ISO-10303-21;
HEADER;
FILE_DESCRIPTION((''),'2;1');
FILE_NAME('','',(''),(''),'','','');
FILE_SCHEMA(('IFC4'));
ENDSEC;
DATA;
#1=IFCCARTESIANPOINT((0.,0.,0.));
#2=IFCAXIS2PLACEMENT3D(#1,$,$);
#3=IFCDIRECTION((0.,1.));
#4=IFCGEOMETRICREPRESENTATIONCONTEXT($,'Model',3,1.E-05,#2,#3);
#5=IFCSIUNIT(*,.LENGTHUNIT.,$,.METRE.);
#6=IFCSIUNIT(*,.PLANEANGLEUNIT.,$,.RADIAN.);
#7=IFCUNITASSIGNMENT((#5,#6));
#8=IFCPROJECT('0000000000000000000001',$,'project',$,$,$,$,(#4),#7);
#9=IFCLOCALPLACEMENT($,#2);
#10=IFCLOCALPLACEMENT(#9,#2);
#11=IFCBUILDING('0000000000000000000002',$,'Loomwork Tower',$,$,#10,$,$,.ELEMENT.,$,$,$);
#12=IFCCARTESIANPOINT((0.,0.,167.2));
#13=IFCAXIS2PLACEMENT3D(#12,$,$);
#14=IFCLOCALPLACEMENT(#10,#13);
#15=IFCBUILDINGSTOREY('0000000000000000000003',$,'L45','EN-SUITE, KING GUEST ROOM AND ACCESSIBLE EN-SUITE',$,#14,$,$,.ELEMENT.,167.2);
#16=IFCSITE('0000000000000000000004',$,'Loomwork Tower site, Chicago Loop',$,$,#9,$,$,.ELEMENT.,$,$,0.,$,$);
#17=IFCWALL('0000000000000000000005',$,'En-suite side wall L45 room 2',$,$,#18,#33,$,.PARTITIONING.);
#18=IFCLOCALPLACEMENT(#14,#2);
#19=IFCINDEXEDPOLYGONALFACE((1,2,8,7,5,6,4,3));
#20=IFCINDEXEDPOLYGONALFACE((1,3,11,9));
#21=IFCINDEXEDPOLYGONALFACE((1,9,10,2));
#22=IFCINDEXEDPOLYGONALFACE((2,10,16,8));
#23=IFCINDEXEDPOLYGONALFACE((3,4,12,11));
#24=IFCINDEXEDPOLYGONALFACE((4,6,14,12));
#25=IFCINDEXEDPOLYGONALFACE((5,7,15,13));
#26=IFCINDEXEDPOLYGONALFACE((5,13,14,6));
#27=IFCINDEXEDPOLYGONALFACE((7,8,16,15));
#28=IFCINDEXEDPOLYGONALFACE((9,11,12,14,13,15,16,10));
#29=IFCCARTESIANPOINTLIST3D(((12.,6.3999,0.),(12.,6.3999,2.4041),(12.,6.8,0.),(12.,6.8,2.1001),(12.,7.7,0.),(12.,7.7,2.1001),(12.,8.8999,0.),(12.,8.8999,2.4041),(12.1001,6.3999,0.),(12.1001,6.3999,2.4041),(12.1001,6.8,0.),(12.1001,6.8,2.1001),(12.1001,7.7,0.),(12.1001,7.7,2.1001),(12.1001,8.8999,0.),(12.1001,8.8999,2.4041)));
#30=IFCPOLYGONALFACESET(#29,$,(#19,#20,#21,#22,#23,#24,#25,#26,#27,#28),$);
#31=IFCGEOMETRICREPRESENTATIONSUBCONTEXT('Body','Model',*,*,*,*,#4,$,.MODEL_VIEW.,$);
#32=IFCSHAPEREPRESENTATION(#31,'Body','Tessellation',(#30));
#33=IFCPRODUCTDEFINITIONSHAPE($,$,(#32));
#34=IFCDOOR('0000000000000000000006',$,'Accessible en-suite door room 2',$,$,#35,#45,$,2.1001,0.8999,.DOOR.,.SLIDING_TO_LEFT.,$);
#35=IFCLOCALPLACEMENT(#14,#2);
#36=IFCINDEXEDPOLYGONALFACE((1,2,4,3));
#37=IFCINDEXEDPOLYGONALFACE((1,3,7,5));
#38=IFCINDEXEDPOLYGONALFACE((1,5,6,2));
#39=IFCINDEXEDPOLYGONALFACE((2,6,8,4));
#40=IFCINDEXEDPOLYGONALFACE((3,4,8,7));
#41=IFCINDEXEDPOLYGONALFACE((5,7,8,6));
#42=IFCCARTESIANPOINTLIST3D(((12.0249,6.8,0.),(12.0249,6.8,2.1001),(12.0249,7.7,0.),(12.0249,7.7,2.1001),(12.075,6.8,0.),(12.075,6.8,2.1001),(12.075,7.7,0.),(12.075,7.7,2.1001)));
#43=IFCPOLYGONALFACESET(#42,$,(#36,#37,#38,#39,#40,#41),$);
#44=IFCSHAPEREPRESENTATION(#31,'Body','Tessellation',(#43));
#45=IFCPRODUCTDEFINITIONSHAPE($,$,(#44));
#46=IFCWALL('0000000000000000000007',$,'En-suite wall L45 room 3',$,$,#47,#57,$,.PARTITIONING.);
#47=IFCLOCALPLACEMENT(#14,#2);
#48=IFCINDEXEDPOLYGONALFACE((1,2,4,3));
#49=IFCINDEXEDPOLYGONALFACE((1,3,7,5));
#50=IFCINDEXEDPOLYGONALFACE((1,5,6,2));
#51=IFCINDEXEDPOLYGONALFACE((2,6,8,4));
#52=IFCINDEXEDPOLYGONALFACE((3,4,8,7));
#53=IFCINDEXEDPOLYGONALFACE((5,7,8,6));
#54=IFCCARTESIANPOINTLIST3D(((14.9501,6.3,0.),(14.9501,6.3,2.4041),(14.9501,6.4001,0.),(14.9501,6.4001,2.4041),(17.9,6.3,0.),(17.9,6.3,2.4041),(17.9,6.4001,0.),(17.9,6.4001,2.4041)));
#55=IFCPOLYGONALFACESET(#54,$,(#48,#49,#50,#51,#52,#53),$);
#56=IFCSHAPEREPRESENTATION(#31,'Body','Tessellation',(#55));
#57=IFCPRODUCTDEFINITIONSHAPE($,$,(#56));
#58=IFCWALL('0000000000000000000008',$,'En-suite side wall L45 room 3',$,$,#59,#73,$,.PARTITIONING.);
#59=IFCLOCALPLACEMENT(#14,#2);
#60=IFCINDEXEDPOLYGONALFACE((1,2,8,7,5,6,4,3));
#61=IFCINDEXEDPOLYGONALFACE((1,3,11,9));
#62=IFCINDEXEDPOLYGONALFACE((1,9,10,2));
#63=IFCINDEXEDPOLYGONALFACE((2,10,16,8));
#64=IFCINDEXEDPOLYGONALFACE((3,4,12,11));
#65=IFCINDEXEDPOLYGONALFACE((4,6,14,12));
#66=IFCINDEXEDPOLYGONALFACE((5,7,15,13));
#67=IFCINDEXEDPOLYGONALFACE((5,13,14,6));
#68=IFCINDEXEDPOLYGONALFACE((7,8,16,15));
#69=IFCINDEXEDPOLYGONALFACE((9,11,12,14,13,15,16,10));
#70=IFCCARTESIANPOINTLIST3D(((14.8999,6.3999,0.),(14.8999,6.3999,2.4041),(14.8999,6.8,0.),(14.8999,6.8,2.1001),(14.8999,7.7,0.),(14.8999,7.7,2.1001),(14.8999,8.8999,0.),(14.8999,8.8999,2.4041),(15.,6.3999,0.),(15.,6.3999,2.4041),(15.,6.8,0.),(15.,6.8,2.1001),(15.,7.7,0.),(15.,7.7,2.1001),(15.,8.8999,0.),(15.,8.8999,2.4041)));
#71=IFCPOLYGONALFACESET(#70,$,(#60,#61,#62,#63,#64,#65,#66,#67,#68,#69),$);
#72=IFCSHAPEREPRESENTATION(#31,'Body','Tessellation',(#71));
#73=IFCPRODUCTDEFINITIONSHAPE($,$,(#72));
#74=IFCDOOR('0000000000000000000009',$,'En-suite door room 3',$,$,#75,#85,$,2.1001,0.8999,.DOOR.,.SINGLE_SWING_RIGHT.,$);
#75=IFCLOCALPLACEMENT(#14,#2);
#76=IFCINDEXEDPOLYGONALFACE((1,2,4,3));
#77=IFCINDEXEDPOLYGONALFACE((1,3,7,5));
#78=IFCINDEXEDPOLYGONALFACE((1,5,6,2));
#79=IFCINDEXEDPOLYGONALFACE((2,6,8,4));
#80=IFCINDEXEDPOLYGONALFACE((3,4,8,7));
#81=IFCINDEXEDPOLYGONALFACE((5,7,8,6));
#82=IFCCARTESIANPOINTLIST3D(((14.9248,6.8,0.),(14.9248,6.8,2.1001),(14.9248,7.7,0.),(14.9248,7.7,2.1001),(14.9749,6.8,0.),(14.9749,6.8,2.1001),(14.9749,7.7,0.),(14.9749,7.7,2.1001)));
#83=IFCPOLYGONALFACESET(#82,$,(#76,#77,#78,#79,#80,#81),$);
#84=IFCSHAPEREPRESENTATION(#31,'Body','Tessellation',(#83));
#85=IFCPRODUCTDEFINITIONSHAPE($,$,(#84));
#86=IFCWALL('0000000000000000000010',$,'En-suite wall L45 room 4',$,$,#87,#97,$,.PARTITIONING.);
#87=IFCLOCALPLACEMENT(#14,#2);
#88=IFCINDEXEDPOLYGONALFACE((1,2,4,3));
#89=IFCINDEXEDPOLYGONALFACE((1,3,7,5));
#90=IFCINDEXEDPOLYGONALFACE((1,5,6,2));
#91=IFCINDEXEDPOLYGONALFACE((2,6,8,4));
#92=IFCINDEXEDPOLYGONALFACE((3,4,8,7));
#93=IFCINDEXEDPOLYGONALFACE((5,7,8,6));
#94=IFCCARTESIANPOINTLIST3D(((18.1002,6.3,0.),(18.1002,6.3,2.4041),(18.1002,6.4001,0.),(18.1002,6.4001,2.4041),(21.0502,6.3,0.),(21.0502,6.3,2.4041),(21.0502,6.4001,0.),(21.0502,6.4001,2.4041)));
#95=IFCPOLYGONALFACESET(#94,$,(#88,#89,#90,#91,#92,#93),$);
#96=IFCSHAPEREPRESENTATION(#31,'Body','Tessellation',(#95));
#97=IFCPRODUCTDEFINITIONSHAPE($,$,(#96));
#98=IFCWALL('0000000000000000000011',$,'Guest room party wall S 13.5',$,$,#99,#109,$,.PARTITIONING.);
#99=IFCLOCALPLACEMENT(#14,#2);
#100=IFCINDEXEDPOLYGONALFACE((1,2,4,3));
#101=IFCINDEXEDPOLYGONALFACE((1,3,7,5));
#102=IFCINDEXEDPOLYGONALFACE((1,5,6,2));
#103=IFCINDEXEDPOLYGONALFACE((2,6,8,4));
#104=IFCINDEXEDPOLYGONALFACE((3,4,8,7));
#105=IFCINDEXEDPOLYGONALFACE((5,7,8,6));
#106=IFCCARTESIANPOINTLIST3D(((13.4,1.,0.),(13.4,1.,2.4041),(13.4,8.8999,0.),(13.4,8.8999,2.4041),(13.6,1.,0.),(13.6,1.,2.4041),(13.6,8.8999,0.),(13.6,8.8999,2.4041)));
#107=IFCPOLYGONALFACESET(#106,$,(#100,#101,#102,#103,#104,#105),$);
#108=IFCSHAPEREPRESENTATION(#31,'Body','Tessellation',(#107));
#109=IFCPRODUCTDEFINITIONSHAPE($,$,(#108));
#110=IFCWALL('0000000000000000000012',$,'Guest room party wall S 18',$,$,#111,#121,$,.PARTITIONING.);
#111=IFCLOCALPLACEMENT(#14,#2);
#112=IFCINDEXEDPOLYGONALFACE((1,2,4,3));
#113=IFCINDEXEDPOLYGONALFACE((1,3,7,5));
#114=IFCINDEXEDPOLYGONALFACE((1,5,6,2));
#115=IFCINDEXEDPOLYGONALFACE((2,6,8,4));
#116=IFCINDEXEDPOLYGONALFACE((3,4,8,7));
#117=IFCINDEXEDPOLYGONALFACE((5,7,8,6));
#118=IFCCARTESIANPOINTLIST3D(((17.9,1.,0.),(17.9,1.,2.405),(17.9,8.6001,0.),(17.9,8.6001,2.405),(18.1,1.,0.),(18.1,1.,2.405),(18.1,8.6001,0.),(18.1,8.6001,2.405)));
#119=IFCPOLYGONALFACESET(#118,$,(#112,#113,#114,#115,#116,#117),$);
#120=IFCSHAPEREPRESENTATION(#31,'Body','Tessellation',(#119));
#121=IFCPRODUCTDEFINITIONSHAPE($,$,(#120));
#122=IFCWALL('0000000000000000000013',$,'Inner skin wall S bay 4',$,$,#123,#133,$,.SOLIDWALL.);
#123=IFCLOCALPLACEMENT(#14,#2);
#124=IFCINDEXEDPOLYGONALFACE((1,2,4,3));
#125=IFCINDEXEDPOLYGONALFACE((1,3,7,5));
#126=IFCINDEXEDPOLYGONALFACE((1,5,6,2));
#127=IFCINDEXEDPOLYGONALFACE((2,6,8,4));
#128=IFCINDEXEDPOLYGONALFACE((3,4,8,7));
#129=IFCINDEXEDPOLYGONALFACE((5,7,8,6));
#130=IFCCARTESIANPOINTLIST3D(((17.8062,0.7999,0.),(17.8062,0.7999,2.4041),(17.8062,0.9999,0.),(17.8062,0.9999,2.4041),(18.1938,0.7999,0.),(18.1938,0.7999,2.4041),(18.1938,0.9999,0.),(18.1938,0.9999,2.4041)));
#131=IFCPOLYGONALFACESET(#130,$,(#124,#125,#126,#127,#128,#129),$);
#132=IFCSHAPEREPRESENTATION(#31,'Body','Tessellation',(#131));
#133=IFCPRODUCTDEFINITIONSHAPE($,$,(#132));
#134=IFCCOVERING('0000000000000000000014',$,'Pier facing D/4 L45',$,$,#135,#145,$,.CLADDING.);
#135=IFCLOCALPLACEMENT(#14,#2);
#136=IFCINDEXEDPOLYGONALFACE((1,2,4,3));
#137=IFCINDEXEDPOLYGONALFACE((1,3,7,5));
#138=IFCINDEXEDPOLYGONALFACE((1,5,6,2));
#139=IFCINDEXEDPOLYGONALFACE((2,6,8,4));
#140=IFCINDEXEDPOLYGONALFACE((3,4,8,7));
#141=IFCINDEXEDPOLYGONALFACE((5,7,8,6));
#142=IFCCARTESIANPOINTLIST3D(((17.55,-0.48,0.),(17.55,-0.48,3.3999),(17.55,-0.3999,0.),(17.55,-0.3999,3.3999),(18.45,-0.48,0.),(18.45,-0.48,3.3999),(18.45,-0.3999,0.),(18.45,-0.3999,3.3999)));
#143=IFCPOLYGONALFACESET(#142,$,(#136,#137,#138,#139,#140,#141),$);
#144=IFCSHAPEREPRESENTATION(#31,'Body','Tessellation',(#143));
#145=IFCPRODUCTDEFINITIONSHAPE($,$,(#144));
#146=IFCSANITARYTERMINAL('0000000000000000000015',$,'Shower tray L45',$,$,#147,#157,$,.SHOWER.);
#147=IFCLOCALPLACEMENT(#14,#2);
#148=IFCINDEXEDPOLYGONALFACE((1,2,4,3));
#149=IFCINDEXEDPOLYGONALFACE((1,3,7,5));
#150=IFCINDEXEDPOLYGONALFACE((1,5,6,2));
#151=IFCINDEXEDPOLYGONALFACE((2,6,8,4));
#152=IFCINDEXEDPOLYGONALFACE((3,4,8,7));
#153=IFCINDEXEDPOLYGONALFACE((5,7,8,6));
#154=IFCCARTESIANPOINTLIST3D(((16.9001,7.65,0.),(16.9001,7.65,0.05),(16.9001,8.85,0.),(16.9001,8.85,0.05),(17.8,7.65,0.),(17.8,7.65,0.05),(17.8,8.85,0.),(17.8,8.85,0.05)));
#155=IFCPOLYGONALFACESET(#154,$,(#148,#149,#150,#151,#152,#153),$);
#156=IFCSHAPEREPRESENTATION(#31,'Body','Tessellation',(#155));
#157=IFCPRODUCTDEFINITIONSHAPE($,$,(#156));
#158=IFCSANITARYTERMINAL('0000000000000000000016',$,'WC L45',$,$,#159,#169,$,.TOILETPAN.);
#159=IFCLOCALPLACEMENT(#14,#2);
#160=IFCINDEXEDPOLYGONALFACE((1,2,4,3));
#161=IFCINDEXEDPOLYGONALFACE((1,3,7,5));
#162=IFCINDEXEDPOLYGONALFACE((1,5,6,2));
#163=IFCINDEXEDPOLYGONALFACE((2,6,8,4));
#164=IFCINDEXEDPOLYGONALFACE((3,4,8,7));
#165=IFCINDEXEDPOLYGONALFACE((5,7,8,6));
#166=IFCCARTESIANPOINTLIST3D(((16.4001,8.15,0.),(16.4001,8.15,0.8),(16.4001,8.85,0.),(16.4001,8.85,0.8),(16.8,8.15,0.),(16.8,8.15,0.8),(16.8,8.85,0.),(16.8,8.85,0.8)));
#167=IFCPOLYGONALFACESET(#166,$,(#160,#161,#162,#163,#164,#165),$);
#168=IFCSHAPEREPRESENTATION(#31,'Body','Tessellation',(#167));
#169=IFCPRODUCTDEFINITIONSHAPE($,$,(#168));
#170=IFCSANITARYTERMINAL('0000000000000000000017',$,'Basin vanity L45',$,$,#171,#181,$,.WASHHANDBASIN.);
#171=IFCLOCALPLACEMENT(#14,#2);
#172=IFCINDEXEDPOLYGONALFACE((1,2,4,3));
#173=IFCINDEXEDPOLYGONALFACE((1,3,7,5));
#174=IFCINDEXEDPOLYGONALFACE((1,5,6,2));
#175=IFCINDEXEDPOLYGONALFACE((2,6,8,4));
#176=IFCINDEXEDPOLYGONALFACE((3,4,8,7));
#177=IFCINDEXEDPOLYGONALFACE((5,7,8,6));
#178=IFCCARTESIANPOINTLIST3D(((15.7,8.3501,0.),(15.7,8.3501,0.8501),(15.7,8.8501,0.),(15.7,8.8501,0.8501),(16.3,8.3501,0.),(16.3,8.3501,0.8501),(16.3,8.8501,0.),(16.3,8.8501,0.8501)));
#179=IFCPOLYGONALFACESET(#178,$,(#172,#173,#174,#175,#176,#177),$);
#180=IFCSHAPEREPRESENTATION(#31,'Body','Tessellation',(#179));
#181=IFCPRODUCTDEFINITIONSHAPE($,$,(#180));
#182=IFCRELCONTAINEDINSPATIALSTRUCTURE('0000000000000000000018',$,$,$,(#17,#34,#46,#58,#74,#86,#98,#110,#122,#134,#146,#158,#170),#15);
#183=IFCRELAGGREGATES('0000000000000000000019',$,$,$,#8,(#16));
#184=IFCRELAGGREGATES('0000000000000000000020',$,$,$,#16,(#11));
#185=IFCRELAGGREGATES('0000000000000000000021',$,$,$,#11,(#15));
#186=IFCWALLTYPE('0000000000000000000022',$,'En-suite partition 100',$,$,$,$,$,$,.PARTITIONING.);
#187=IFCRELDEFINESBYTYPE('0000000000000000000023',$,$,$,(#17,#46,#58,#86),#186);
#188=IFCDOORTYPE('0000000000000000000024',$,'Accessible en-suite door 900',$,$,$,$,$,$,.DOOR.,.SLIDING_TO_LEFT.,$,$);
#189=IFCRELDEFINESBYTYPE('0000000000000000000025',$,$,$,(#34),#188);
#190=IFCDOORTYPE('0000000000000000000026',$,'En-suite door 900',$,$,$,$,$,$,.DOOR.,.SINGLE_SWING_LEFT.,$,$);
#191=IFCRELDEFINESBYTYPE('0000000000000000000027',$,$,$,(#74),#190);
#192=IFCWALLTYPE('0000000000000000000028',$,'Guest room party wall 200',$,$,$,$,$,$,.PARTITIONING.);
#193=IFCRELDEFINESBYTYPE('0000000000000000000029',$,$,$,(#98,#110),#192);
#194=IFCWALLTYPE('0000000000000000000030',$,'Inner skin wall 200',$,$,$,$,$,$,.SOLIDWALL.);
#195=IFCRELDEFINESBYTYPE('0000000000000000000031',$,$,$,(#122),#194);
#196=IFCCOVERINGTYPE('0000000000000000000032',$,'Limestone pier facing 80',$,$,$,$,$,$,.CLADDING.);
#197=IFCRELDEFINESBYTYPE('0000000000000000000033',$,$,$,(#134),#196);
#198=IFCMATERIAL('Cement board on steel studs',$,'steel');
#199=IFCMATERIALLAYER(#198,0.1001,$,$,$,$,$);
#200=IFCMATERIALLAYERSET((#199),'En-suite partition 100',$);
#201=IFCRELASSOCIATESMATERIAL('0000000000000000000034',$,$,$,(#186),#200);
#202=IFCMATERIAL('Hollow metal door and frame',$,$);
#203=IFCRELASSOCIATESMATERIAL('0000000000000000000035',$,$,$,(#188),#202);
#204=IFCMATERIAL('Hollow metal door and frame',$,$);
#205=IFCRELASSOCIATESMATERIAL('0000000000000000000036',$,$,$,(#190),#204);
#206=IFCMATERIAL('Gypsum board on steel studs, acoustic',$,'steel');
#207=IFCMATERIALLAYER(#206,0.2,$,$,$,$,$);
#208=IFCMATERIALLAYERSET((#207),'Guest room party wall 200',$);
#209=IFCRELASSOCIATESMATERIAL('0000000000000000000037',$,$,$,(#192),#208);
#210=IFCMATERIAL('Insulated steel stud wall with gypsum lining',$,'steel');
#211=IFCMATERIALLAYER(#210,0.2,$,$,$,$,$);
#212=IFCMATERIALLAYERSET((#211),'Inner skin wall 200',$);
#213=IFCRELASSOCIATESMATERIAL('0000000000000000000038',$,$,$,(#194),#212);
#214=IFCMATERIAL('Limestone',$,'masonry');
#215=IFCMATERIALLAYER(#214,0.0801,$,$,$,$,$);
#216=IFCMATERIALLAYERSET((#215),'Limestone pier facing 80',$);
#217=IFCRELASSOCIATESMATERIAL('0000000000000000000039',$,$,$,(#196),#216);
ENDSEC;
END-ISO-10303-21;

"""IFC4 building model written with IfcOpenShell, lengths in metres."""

from ifc_helpers import new_model, si_unit, direction, frame, frame_2d, origin, origin_2d, place, context, subcontext, project, spatial, rectangle, extrude, material, layer, layer_set, type_object, element, fill, save


model = new_model("IFC4")

# Units and contexts
model_context = context("Model", 3, precision=1e-05, world=origin(), true_north=direction((0.0, 1.0)))
body_context = subcontext(model_context, "Body", "Model", "MODEL_VIEW")
ifc_project = project(units=[si_unit("LENGTHUNIT", "METRE"), si_unit("PLANEANGLEUNIT", "RADIAN")], contexts=[model_context])

# Site, building, storey
site_placement = place(None, origin())
site = spatial("IfcSite", under=ifc_project, at=site_placement, Name="Loomwork Tower site, Chicago Loop", CompositionType="ELEMENT", RefElevation=0.0)
building_placement = place(site_placement, origin())
building = spatial("IfcBuilding", under=site, at=building_placement, Name="Loomwork Tower", CompositionType="ELEMENT")
storey_placement = place(building_placement, frame((0.0, 0.0, 167.2)))
storey = spatial("IfcBuildingStorey", under=building, at=storey_placement, Name="L45", Description="EN-SUITE, KING GUEST ROOM AND ACCESSIBLE EN-SUITE", CompositionType="ELEMENT", Elevation=167.2)

# Wall, opening, door
ifc_material_1 = material(Name="Cement board on steel studs", Category="steel")
ifc_layer_1 = layer(ifc_material_1, 0.1001)
ifc_layer_set_1 = layer_set([ifc_layer_1], Name="En-suite partition 100")
wall_type_1 = type_object("IfcWallType", Name="En-suite partition 100", PredefinedType="PARTITIONING", material=ifc_layer_set_1)
wall_1_placement = place(storey_placement, frame((12.05, 8.8999, 0.0), z_axis=(0.0, 0.0, 1.0), x_axis=(0.0, -1.0, 0.0)))
wall_1 = element("IfcWall", 1, at=wall_1_placement, inside=storey, type_object=wall_type_1, Name="En-suite side wall L45 room 2", PredefinedType="PARTITIONING", context=body_context, shape_type="SweptSolid", body=[
    extrude(rectangle(XDim=2.5, YDim=0.1001, at=frame_2d((1.25, 0.0))), origin(), (0.0, 0.0, 1.0), 2.4041),
])
opening_1_placement = place(wall_1_placement, frame((1.2, 0.0, 0.0)))
opening_1 = element("IfcOpeningElement", 2, at=opening_1_placement, cuts=wall_1, PredefinedType="OPENING", context=body_context, shape_type="SweptSolid", body=[
    extrude(rectangle(XDim=0.8999, YDim=2.1001, at=frame_2d((0.45, 1.05))), frame((0.0, 0.0601, 0.0), z_axis=(0.0, -1.0, 0.0), x_axis=(1.0, 0.0, 0.0)), (0.0, 0.0, 1.0), 0.1201),
])
ifc_material_2 = material(Name="Hollow metal door and frame")
door_type_1 = type_object("IfcDoorType", Name="Accessible en-suite door 900", OperationType="SLIDING_TO_LEFT", PredefinedType="DOOR", material=ifc_material_2)
door_1_placement = place(opening_1_placement, origin())
door_1 = element("IfcDoor", 3, at=door_1_placement, inside=storey, type_object=door_type_1, Name="Accessible en-suite door room 2", OperationType="SLIDING_TO_LEFT", OverallHeight=2.1001, OverallWidth=0.8999, PredefinedType="DOOR", context=body_context, shape_type="SweptSolid", body=[
    extrude(rectangle(XDim=0.8999, YDim=2.1001, at=frame_2d((0.45, 1.05))), frame((0.0, 0.0249, 0.0), z_axis=(0.0, -1.0, 0.0), x_axis=(1.0, 0.0, 0.0)), (0.0, 0.0, 1.0), 0.05),
])
fill(opening_1, door_1)

# Wall
wall_2_placement = place(storey_placement, frame((14.95, 6.3501, 0.0), z_axis=(0.0, 0.0, 1.0), x_axis=(1.0, 0.0, 0.0)))
element("IfcWall", 4, at=wall_2_placement, inside=storey, type_object=wall_type_1, Name="En-suite wall L45 room 3", PredefinedType="PARTITIONING", context=body_context, shape_type="SweptSolid", body=[
    extrude(rectangle(XDim=2.95, YDim=0.1001, at=frame_2d((1.4751, 0.0))), origin(), (0.0, 0.0, 1.0), 2.4041),
])

# Wall, opening, door
wall_3_placement = place(storey_placement, frame((14.95, 8.8999, 0.0), z_axis=(0.0, 0.0, 1.0), x_axis=(0.0, -1.0, 0.0)))
wall_3 = element("IfcWall", 5, at=wall_3_placement, inside=storey, type_object=wall_type_1, Name="En-suite side wall L45 room 3", PredefinedType="PARTITIONING", context=body_context, shape_type="SweptSolid", body=[
    extrude(rectangle(XDim=2.5, YDim=0.1001, at=frame_2d((1.25, 0.0))), origin(), (0.0, 0.0, 1.0), 2.4041),
])
opening_2_placement = place(wall_3_placement, frame((1.2, 0.0, 0.0)))
opening_2 = element("IfcOpeningElement", 6, at=opening_2_placement, cuts=wall_3, PredefinedType="OPENING", context=body_context, shape_type="SweptSolid", body=[
    extrude(rectangle(XDim=0.8999, YDim=2.1001, at=frame_2d((0.45, 1.05))), frame((0.0, 0.0601, 0.0), z_axis=(0.0, -1.0, 0.0), x_axis=(1.0, 0.0, 0.0)), (0.0, 0.0, 1.0), 0.1201),
])
ifc_material_3 = material(Name="Hollow metal door and frame")
door_type_2 = type_object("IfcDoorType", Name="En-suite door 900", OperationType="SINGLE_SWING_LEFT", PredefinedType="DOOR", material=ifc_material_3)
door_2_placement = place(opening_2_placement, origin())
door_2 = element("IfcDoor", 7, at=door_2_placement, inside=storey, type_object=door_type_2, Name="En-suite door room 3", OperationType="SINGLE_SWING_RIGHT", OverallHeight=2.1001, OverallWidth=0.8999, PredefinedType="DOOR", context=body_context, shape_type="SweptSolid", body=[
    extrude(rectangle(XDim=0.8999, YDim=2.1001, at=frame_2d((0.45, 1.05))), frame((0.0, 0.0249, 0.0), z_axis=(0.0, -1.0, 0.0), x_axis=(1.0, 0.0, 0.0)), (0.0, 0.0, 1.0), 0.05),
])
fill(opening_2, door_2)

# Walls
wall_4_placement = place(storey_placement, frame((18.1001, 6.3501, 0.0), z_axis=(0.0, 0.0, 1.0), x_axis=(1.0, 0.0, 0.0)))
element("IfcWall", 8, at=wall_4_placement, inside=storey, type_object=wall_type_1, Name="En-suite wall L45 room 4", PredefinedType="PARTITIONING", context=body_context, shape_type="SweptSolid", body=[
    extrude(rectangle(XDim=2.95, YDim=0.1001, at=frame_2d((1.4751, 0.0))), origin(), (0.0, 0.0, 1.0), 2.4041),
])
ifc_material_4 = material(Name="Gypsum board on steel studs, acoustic", Category="steel")
ifc_layer_2 = layer(ifc_material_4, 0.2)
ifc_layer_set_2 = layer_set([ifc_layer_2], Name="Guest room party wall 200")
wall_type_2 = type_object("IfcWallType", Name="Guest room party wall 200", PredefinedType="PARTITIONING", material=ifc_layer_set_2)
wall_5_placement = place(storey_placement, frame((13.5, 8.8999, 0.0), z_axis=(0.0, 0.0, 1.0), x_axis=(0.0, -1.0, 0.0)))
element("IfcWall", 9, at=wall_5_placement, inside=storey, type_object=wall_type_2, Name="Guest room party wall S 13.5", PredefinedType="PARTITIONING", context=body_context, shape_type="SweptSolid", body=[
    extrude(rectangle(XDim=7.8999, YDim=0.2, at=frame_2d((3.95, 0.0))), origin(), (0.0, 0.0, 1.0), 2.4041),
])
wall_6_placement = place(storey_placement, frame((18.0, 8.6001, 0.0), z_axis=(0.0, 0.0, 1.0), x_axis=(0.0, -1.0, 0.0)))
element("IfcWall", 10, at=wall_6_placement, inside=storey, type_object=wall_type_2, Name="Guest room party wall S 18", PredefinedType="PARTITIONING", context=body_context, shape_type="SweptSolid", body=[
    extrude(rectangle(XDim=7.6001, YDim=0.2, at=frame_2d((3.8, 0.0))), origin(), (0.0, 0.0, 1.0), 2.405),
])
ifc_material_5 = material(Name="Insulated steel stud wall with gypsum lining", Category="steel")
ifc_layer_3 = layer(ifc_material_5, 0.2)
ifc_layer_set_3 = layer_set([ifc_layer_3], Name="Inner skin wall 200")
wall_type_3 = type_object("IfcWallType", Name="Inner skin wall 200", PredefinedType="SOLIDWALL", material=ifc_layer_set_3)
wall_7_placement = place(storey_placement, frame((17.8062, 0.8999, 0.0), z_axis=(0.0, 0.0, 1.0), x_axis=(1.0, 0.0, 0.0)))
element("IfcWall", 11, at=wall_7_placement, inside=storey, type_object=wall_type_3, Name="Inner skin wall S bay 4", PredefinedType="SOLIDWALL", context=body_context, shape_type="SweptSolid", body=[
    extrude(rectangle(XDim=0.3877, YDim=0.2, at=frame_2d((0.1938, 0.0))), origin(), (0.0, 0.0, 1.0), 2.4041),
])

# Covering
ifc_material_6 = material(Name="Limestone", Category="masonry")
ifc_layer_4 = layer(ifc_material_6, 0.0801)
ifc_layer_set_4 = layer_set([ifc_layer_4], Name="Limestone pier facing 80")
covering_type = type_object("IfcCoveringType", Name="Limestone pier facing 80", PredefinedType="CLADDING", material=ifc_layer_set_4)
covering_placement = place(storey_placement, frame((18.0, -0.4399, 0.0), z_axis=(0.0, 0.0, 1.0), x_axis=(1.0, 0.0, 0.0)))
element("IfcCovering", 12, at=covering_placement, inside=storey, type_object=covering_type, Name="Pier facing D/4 L45", PredefinedType="CLADDING", context=body_context, shape_type="SweptSolid", body=[
    extrude(rectangle(XDim=0.8999, YDim=0.0801, at=origin_2d()), origin(), (0.0, 0.0, 1.0), 3.3999),
])

# Sanitary terminals
sanitary_terminal_1_placement = place(storey_placement, frame((17.3501, 8.25, 0.0), z_axis=(0.0, 0.0, 1.0), x_axis=(1.0, 0.0, 0.0)))
element("IfcSanitaryTerminal", 13, at=sanitary_terminal_1_placement, inside=storey, Name="Shower tray L45", PredefinedType="SHOWER", context=body_context, shape_type="SweptSolid", body=[
    extrude(rectangle(XDim=0.8999, YDim=1.2, at=origin_2d()), origin(), (0.0, 0.0, 1.0), 0.05),
])
sanitary_terminal_2_placement = place(storey_placement, frame((16.6001, 8.5, 0.0), z_axis=(0.0, 0.0, 1.0), x_axis=(1.0, 0.0, 0.0)))
element("IfcSanitaryTerminal", 14, at=sanitary_terminal_2_placement, inside=storey, Name="WC L45", PredefinedType="TOILETPAN", context=body_context, shape_type="SweptSolid", body=[
    extrude(rectangle(XDim=0.3999, YDim=0.7, at=origin_2d()), origin(), (0.0, 0.0, 1.0), 0.8),
])
sanitary_terminal_3_placement = place(storey_placement, frame((16.0, 8.6001, 0.0), z_axis=(0.0, 0.0, 1.0), x_axis=(1.0, 0.0, 0.0)))
element("IfcSanitaryTerminal", 15, at=sanitary_terminal_3_placement, inside=storey, Name="Basin vanity L45", PredefinedType="WASHHANDBASIN", context=body_context, shape_type="SweptSolid", body=[
    extrude(rectangle(XDim=0.6001, YDim=0.5, at=origin_2d()), origin(), (0.0, 0.0, 1.0), 0.8501),
])

save(model, "model.ifc")
